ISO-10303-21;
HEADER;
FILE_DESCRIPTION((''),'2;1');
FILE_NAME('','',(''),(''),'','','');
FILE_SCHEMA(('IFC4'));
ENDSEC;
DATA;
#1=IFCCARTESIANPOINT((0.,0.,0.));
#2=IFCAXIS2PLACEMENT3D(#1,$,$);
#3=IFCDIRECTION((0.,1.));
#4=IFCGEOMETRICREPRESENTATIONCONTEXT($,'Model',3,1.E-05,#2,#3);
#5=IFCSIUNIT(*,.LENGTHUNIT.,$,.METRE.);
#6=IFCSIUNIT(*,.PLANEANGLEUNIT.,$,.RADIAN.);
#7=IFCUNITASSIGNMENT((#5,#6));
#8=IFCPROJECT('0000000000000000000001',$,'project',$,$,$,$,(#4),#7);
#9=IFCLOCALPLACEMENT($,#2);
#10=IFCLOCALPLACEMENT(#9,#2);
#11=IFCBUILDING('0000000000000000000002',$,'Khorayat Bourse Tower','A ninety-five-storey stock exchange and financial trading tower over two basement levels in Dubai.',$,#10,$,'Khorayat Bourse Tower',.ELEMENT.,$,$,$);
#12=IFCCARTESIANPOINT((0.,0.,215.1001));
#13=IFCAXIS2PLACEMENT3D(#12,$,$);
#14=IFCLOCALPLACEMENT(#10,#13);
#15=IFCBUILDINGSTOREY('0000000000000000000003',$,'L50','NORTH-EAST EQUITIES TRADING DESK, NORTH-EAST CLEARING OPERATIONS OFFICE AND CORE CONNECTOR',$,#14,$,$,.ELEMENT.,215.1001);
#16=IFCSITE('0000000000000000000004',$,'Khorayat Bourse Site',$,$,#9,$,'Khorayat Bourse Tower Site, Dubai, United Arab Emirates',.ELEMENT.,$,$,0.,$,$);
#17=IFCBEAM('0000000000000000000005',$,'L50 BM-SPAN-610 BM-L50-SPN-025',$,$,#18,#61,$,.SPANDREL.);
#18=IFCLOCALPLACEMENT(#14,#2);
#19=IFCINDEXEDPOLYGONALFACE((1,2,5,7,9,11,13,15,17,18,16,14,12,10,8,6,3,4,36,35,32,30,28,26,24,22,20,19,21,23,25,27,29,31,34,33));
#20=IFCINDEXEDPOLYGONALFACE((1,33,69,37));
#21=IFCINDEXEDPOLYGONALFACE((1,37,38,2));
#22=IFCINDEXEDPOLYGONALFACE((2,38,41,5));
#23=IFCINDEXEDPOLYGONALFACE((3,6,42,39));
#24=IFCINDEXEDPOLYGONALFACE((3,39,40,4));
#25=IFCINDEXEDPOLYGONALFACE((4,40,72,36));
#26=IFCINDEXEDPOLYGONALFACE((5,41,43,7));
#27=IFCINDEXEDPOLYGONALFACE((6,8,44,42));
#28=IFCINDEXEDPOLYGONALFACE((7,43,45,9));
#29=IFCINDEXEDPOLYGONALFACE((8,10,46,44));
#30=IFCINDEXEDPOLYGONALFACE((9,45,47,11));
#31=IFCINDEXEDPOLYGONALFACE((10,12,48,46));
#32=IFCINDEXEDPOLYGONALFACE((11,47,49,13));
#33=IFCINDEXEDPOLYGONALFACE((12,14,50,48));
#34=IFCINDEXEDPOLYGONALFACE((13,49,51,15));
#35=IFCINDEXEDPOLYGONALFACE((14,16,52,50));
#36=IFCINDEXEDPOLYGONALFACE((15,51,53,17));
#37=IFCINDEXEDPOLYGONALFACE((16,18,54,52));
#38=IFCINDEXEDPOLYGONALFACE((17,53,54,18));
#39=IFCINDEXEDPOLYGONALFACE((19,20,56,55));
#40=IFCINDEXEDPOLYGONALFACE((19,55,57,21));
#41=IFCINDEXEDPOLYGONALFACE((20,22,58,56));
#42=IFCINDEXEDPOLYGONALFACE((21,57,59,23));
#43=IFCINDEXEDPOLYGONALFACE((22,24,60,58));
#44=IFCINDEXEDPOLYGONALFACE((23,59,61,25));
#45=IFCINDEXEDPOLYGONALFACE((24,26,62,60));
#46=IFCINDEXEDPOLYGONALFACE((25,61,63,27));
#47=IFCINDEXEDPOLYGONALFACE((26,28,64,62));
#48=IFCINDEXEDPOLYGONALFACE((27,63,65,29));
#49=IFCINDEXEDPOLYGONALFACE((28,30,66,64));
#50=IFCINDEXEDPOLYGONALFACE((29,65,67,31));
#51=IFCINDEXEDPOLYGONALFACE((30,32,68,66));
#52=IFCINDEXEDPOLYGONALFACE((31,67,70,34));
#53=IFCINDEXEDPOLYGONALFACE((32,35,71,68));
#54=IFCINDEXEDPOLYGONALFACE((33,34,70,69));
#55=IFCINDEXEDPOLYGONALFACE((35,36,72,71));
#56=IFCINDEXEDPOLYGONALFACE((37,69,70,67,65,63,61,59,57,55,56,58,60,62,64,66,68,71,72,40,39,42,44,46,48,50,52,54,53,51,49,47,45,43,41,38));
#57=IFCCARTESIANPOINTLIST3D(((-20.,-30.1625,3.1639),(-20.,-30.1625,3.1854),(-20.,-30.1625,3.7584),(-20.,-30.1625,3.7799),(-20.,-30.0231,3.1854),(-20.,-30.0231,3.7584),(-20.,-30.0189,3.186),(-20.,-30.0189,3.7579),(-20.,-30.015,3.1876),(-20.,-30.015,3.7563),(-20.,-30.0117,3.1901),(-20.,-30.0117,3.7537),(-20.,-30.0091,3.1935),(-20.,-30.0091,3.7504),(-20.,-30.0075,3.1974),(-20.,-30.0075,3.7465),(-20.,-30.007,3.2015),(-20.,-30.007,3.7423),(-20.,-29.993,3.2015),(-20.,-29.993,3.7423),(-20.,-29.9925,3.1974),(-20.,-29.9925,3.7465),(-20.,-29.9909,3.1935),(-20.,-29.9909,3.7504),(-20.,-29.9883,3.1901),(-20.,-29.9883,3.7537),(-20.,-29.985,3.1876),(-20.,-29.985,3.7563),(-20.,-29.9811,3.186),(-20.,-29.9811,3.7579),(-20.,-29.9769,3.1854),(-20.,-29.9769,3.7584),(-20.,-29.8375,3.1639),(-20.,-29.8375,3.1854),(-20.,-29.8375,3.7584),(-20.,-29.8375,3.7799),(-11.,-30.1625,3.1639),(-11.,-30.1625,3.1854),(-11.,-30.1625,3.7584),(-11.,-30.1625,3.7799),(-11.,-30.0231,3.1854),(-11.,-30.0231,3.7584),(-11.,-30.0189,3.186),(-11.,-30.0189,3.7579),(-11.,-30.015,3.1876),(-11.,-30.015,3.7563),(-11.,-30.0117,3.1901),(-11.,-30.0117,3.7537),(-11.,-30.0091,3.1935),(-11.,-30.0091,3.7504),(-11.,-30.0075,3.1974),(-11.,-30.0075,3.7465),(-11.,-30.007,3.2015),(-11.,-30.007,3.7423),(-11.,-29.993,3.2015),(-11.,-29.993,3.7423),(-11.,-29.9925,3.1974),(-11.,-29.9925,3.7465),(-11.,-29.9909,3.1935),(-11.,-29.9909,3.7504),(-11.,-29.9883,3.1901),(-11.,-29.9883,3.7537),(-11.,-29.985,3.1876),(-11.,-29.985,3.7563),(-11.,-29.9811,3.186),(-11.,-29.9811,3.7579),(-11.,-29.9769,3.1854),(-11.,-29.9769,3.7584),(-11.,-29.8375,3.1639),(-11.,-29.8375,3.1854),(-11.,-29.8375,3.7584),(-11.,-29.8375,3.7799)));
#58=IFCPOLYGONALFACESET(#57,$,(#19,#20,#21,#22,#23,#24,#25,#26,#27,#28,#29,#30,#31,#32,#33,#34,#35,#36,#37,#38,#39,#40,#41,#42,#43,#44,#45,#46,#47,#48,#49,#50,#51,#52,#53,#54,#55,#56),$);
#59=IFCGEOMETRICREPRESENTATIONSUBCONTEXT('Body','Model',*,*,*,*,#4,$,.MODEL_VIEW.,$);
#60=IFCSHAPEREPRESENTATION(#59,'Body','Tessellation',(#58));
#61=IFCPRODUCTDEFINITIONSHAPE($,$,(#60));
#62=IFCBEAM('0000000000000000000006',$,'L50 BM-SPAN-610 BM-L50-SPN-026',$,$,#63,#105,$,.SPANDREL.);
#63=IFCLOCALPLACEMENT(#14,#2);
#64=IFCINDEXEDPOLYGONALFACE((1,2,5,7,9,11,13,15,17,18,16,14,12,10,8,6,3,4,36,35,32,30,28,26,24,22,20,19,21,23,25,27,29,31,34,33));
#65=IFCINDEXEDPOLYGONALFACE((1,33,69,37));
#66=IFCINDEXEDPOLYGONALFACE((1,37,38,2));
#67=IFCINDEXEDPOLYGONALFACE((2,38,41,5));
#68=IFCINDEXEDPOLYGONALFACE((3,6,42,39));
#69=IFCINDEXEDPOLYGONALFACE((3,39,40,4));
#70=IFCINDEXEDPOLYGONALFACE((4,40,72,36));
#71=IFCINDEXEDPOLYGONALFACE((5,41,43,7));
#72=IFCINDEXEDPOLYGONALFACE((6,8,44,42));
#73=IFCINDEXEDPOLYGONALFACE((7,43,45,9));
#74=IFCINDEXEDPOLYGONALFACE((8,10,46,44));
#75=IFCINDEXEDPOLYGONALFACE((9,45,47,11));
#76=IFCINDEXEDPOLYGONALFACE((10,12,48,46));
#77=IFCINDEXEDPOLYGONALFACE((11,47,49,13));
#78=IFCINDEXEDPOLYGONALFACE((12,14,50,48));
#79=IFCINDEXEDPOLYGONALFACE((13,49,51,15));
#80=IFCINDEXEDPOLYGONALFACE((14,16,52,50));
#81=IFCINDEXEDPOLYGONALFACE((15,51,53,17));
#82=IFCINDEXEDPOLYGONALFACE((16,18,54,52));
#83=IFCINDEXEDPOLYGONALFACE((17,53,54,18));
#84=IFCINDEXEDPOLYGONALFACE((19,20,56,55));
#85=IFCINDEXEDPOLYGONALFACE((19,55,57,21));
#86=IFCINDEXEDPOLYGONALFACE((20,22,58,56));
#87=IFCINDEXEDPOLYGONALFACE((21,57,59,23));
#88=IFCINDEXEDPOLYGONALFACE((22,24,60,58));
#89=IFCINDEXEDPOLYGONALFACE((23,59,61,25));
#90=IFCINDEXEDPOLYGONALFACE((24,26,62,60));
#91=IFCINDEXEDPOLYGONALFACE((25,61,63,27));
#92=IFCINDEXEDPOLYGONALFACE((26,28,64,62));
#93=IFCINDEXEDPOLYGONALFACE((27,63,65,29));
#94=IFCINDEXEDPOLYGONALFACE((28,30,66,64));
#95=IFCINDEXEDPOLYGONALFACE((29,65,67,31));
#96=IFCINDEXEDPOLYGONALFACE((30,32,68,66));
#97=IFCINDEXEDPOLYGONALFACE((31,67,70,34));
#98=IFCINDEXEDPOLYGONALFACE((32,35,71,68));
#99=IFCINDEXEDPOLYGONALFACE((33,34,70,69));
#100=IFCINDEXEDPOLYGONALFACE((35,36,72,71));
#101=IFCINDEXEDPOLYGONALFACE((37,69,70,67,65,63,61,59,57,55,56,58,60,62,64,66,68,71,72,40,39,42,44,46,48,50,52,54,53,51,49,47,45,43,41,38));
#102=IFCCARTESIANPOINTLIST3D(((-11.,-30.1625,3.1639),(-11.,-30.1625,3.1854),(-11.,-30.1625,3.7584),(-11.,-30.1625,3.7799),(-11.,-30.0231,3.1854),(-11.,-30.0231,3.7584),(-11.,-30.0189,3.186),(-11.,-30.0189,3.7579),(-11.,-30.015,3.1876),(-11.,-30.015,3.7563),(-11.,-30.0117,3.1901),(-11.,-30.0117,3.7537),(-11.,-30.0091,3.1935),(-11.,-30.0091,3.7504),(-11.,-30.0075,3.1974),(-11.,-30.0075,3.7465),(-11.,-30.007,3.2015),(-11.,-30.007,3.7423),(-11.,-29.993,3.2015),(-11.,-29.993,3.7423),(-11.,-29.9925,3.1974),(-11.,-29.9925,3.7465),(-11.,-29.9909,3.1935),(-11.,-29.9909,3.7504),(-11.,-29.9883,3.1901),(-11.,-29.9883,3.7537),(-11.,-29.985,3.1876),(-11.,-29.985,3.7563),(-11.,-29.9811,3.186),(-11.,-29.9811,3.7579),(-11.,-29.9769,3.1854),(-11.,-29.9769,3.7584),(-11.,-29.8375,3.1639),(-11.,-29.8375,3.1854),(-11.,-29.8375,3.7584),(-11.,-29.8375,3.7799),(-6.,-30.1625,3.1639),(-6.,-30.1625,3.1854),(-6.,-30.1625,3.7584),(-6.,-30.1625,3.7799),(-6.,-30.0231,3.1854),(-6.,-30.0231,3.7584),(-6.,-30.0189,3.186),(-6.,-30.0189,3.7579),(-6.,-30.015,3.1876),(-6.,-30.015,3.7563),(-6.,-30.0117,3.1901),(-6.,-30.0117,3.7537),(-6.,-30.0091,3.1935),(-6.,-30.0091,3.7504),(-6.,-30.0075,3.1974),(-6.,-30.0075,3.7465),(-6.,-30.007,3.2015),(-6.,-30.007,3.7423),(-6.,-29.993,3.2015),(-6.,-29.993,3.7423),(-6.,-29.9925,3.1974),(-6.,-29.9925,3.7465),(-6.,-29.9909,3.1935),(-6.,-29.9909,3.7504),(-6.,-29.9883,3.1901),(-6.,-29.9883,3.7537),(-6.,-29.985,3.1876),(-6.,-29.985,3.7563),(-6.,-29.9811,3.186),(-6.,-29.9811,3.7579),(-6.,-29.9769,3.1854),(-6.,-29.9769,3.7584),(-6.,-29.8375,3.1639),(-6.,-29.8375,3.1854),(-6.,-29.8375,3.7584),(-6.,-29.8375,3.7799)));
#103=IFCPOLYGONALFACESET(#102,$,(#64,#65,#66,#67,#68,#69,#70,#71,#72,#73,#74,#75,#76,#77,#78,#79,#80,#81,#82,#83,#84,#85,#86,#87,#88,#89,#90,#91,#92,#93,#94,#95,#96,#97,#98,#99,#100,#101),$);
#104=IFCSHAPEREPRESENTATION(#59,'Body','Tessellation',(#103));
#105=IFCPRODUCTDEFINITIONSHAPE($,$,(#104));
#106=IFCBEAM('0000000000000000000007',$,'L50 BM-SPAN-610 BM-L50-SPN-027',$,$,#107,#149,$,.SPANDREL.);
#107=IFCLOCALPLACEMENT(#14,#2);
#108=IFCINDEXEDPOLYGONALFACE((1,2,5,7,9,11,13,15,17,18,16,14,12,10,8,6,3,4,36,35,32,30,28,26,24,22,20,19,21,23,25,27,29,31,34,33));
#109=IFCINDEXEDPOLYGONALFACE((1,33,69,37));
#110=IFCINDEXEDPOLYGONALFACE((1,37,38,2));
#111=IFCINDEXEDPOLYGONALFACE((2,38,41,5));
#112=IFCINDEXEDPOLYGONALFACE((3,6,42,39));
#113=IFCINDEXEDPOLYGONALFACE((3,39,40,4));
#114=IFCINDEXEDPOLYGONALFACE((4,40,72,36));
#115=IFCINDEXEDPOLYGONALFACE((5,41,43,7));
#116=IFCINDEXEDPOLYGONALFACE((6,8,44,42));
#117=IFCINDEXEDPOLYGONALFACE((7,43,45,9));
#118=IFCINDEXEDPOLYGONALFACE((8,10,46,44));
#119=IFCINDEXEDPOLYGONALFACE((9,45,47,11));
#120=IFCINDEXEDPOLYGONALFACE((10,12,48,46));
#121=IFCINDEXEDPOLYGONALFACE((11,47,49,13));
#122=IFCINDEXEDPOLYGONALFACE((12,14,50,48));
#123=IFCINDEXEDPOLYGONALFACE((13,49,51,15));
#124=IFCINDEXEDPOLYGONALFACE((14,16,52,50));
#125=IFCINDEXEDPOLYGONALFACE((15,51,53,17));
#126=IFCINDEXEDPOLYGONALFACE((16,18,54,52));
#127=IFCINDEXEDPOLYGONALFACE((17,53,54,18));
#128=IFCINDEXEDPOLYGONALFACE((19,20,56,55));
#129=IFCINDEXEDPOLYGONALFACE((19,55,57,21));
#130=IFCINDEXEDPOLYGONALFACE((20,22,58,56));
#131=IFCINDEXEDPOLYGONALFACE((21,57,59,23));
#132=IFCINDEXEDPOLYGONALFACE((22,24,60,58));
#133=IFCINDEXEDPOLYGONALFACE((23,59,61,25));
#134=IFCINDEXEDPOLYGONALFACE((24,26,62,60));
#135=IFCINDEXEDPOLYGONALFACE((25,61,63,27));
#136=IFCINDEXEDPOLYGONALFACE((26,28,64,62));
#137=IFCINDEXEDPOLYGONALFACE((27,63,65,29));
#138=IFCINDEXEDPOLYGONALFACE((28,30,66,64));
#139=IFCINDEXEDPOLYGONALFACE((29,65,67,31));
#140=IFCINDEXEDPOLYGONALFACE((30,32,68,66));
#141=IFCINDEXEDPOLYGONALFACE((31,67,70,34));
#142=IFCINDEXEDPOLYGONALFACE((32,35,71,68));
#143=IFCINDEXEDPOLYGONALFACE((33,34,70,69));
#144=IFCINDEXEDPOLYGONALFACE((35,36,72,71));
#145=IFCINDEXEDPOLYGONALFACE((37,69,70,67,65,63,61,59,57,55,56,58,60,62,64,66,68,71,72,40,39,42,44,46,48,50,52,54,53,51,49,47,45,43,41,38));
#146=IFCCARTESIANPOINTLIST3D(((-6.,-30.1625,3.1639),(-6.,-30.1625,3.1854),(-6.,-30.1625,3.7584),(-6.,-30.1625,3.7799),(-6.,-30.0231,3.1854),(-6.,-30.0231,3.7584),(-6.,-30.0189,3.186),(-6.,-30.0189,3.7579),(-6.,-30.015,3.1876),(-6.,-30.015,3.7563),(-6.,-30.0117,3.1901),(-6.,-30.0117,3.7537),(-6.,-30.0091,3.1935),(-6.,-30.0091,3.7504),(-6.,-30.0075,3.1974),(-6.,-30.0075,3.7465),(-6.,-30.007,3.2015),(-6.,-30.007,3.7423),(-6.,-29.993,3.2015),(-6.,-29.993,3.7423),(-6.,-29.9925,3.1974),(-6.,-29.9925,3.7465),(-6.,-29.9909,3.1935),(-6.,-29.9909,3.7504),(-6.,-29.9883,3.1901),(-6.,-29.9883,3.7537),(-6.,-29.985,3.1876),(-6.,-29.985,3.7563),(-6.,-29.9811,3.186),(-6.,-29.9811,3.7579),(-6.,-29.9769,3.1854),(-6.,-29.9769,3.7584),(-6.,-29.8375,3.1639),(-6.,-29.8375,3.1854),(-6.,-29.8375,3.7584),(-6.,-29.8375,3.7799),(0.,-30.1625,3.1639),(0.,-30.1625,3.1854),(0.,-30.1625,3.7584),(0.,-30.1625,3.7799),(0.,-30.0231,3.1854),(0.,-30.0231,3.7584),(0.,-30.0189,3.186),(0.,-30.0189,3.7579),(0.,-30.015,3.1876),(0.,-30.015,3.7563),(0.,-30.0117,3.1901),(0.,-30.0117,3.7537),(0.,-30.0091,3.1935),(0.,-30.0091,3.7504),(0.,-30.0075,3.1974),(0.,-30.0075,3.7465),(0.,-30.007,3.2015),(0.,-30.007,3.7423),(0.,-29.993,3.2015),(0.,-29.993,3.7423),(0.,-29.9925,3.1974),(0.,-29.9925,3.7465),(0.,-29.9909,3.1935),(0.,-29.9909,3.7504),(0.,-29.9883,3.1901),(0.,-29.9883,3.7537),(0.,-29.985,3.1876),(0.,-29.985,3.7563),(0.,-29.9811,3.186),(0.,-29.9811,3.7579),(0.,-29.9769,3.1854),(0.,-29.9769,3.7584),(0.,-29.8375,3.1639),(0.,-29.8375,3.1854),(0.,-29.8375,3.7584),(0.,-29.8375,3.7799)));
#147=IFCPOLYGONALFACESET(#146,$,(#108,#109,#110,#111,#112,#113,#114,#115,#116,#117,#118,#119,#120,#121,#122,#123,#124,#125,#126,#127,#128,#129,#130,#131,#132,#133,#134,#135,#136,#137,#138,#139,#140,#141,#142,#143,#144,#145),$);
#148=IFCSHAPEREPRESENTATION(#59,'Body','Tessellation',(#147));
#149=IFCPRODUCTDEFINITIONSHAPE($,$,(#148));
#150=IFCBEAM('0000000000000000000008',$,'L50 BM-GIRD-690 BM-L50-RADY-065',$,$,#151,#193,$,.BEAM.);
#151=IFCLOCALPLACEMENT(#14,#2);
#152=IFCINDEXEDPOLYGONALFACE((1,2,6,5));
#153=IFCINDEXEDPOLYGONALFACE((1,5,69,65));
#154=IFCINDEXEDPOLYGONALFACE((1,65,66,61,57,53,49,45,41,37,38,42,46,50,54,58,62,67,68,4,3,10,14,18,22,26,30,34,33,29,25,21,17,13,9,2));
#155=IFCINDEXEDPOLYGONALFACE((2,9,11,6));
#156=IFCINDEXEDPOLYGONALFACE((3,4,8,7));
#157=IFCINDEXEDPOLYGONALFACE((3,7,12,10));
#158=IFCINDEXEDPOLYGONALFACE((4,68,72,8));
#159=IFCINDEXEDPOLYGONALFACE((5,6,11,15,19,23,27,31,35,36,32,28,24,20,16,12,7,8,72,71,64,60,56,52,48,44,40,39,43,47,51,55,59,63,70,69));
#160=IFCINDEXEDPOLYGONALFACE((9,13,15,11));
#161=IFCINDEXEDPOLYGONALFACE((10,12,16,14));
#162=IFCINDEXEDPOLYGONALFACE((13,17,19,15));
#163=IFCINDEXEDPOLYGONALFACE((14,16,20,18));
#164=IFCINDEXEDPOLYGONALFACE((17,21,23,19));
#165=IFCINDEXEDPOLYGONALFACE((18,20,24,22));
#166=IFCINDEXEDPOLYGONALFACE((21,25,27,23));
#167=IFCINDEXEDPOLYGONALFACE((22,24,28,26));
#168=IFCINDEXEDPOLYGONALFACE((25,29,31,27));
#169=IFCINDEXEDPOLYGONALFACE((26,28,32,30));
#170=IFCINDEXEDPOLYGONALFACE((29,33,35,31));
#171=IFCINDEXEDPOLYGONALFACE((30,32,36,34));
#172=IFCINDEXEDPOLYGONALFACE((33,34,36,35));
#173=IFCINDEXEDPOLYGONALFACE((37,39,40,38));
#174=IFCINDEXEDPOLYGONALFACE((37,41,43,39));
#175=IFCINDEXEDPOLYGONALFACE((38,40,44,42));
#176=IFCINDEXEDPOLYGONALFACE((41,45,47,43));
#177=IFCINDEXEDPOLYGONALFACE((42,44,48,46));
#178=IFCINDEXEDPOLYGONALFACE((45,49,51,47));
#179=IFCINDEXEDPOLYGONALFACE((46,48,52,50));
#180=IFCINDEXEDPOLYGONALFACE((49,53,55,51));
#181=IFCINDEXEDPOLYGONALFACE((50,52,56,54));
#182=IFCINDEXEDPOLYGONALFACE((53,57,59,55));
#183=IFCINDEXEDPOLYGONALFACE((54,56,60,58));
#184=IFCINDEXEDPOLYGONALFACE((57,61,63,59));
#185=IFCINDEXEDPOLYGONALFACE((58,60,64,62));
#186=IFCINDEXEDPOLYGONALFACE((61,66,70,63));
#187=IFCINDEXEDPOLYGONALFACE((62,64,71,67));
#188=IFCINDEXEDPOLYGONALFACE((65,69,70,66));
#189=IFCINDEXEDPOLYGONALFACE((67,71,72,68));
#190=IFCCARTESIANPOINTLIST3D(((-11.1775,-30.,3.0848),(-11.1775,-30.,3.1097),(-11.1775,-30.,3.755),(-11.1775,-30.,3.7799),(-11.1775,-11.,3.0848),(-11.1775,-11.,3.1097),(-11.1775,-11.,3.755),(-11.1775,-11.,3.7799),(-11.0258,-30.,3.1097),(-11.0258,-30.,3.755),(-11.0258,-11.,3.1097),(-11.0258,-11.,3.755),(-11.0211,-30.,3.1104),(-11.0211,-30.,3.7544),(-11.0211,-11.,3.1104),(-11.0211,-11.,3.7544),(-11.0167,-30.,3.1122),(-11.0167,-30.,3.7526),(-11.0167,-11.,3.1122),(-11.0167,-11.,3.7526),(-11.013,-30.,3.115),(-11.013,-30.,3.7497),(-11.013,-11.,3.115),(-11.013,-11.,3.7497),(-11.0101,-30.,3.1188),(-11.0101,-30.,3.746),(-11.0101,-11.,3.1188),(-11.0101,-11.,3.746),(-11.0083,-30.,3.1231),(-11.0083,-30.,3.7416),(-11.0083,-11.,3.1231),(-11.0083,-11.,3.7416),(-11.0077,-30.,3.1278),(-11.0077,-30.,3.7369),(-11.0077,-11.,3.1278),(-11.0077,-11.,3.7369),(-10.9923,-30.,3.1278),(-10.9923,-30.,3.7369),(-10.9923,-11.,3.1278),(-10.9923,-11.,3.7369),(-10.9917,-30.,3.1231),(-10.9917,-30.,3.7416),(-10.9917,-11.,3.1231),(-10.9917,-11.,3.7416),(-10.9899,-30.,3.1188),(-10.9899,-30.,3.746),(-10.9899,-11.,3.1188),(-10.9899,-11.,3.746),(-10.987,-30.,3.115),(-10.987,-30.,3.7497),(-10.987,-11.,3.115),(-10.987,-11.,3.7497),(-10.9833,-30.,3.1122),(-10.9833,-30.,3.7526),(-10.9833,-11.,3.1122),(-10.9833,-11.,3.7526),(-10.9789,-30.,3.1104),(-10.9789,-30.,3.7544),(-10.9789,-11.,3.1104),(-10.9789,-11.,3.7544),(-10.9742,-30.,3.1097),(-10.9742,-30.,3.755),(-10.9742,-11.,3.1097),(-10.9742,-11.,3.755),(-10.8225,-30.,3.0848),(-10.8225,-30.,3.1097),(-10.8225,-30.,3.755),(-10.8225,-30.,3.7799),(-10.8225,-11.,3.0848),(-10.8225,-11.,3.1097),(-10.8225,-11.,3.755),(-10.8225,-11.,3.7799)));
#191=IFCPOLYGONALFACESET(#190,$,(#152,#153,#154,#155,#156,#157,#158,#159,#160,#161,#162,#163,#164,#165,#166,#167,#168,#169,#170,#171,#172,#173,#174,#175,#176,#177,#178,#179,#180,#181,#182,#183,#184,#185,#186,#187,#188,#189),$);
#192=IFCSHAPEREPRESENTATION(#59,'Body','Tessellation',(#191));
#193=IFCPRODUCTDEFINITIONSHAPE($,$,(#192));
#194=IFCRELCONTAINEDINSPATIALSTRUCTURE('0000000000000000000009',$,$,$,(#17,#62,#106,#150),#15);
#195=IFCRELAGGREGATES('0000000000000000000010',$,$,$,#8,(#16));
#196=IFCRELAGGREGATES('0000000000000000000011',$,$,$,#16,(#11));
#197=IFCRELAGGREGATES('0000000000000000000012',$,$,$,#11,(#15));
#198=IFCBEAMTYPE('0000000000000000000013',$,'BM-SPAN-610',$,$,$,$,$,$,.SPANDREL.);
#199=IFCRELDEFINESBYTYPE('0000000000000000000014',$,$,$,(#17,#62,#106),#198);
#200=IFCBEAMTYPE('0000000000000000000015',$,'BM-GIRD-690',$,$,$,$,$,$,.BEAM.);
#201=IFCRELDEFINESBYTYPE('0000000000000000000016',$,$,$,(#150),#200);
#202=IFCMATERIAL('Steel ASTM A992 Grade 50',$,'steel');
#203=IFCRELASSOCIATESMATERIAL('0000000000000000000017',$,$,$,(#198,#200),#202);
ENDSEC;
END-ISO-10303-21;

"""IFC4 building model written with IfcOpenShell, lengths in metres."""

from ifc_helpers import new_model, si_unit, direction, frame, origin, origin_2d, place, context, subcontext, project, spatial, i_section, extrude, source, transform, mapped, material, material_profile, profile_set, type_object, element, save


model = new_model("IFC4")

# Units and contexts
model_context = context("Model", 3, precision=1e-05, world=origin(), true_north=direction((0.0, 1.0)))
body_context = subcontext(model_context, "Body", "Model", "MODEL_VIEW")
ifc_project = project(units=[si_unit("LENGTHUNIT", "METRE"), si_unit("PLANEANGLEUNIT", "RADIAN")], contexts=[model_context])

# Site, building, storey
site_placement = place(None, origin())
site = spatial("IfcSite", under=ifc_project, at=site_placement, Name="Khorayat Bourse Site", LongName="Khorayat Bourse Tower Site, Dubai, United Arab Emirates", CompositionType="ELEMENT", RefElevation=0.0)
building_placement = place(site_placement, origin())
building = spatial("IfcBuilding", under=site, at=building_placement, Name="Khorayat Bourse Tower", Description="A ninety-five-storey stock exchange and financial trading tower over two basement levels in Dubai.", LongName="Khorayat Bourse Tower", CompositionType="ELEMENT")
storey_placement = place(building_placement, frame((0.0, 0.0, 215.1001)))
storey = spatial("IfcBuildingStorey", under=building, at=storey_placement, Name="L50", Description="NORTH-EAST EQUITIES TRADING DESK, NORTH-EAST CLEARING OPERATIONS OFFICE AND CORE CONNECTOR", CompositionType="ELEMENT", Elevation=215.1001)

# Beams
ifc_material_1 = material(Name="Steel ASTM A992 Grade 50", Category="steel")
ifc_material_profile_1 = material_profile(ifc_material_1, i_section(OverallWidth=0.325, OverallDepth=0.616, WebThickness=0.0139, FlangeThickness=0.0215, FilletRadius=0.0161, at=origin_2d()), Name="W610X174")
ifc_profile_set_1 = profile_set([ifc_material_profile_1], Name="Steel ASTM A992 Grade 50")
beam_type_1 = type_object("IfcBeamType", Name="BM-SPAN-610", PredefinedType="SPANDREL", material=ifc_profile_set_1)
shared_shape_1 = source(origin(), body_context, "Body", "SweptSolid", [
    extrude(i_section(OverallWidth=0.325, OverallDepth=0.616, WebThickness=0.0139, FlangeThickness=0.0215, FilletRadius=0.0161, at=origin_2d()), origin(), (0.0, 0.0, 1.0), 9.0),
])
beam_1_placement = place(storey_placement, frame((-20.0, -30.0, 3.4719), z_axis=(1.0, 0.0, 0.0), x_axis=(0.0, 1.0, 0.0)))
element("IfcBeam", 1, at=beam_1_placement, inside=storey, type_object=beam_type_1, Name="L50 BM-SPAN-610 BM-L50-SPN-025", PredefinedType="SPANDREL", context=body_context, shape_type="MappedRepresentation", body=[
    mapped(shared_shape_1, transform((0.0, 0.0, 0.0), scale=1.0)),
])
shared_shape_2 = source(origin(), body_context, "Body", "SweptSolid", [
    extrude(i_section(OverallWidth=0.325, OverallDepth=0.616, WebThickness=0.0139, FlangeThickness=0.0215, FilletRadius=0.0161, at=origin_2d()), origin(), (0.0, 0.0, 1.0), 5.0),
])
beam_2_placement = place(storey_placement, frame((-11.0, -30.0, 3.4719), z_axis=(1.0, 0.0, 0.0), x_axis=(0.0, 1.0, 0.0)))
element("IfcBeam", 2, at=beam_2_placement, inside=storey, type_object=beam_type_1, Name="L50 BM-SPAN-610 BM-L50-SPN-026", PredefinedType="SPANDREL", context=body_context, shape_type="MappedRepresentation", body=[
    mapped(shared_shape_2, transform((0.0, 0.0, 0.0), scale=1.0)),
])
shared_shape_3 = source(origin(), body_context, "Body", "SweptSolid", [
    extrude(i_section(OverallWidth=0.325, OverallDepth=0.616, WebThickness=0.0139, FlangeThickness=0.0215, FilletRadius=0.0161, at=origin_2d()), origin(), (0.0, 0.0, 1.0), 6.0),
])
beam_3_placement = place(storey_placement, frame((-6.0, -30.0, 3.4719), z_axis=(1.0, 0.0, 0.0), x_axis=(0.0, 1.0, 0.0)))
element("IfcBeam", 3, at=beam_3_placement, inside=storey, type_object=beam_type_1, Name="L50 BM-SPAN-610 BM-L50-SPN-027", PredefinedType="SPANDREL", context=body_context, shape_type="MappedRepresentation", body=[
    mapped(shared_shape_3, transform((0.0, 0.0, 0.0), scale=1.0)),
])
ifc_material_profile_2 = material_profile(ifc_material_1, i_section(OverallWidth=0.355, OverallDepth=0.6951, WebThickness=0.0154, FlangeThickness=0.0249, FilletRadius=0.0181, at=origin_2d()), Name="W690X217")
ifc_profile_set_2 = profile_set([ifc_material_profile_2], Name="Steel ASTM A992 Grade 50")
beam_type_2 = type_object("IfcBeamType", Name="BM-GIRD-690", PredefinedType="BEAM", material=ifc_profile_set_2)
shared_shape_4 = source(origin(), body_context, "Body", "SweptSolid", [
    extrude(i_section(OverallWidth=0.355, OverallDepth=0.6951, WebThickness=0.0154, FlangeThickness=0.0249, FilletRadius=0.0181, at=origin_2d()), origin(), (0.0, 0.0, 1.0), 19.0),
])
for number, where, z_axis, x_axis, name in (
    (4, (-11.0, -30.0, 3.4324), (0.0, 1.0, 0.0), (-1.0, 0.0, 0.0), "L50 BM-GIRD-690 BM-L50-RADY-065"),
):
    element("IfcBeam", number, at=place(storey_placement, frame(where, z_axis=z_axis, x_axis=x_axis)), inside=storey, type_object=beam_type_2, Name=name, PredefinedType="BEAM", context=body_context, shape_type="MappedRepresentation", body=[
        mapped(shared_shape_4, transform((0.0, 0.0, 0.0), scale=1.0)),
    ])

save(model, "model.ifc")
